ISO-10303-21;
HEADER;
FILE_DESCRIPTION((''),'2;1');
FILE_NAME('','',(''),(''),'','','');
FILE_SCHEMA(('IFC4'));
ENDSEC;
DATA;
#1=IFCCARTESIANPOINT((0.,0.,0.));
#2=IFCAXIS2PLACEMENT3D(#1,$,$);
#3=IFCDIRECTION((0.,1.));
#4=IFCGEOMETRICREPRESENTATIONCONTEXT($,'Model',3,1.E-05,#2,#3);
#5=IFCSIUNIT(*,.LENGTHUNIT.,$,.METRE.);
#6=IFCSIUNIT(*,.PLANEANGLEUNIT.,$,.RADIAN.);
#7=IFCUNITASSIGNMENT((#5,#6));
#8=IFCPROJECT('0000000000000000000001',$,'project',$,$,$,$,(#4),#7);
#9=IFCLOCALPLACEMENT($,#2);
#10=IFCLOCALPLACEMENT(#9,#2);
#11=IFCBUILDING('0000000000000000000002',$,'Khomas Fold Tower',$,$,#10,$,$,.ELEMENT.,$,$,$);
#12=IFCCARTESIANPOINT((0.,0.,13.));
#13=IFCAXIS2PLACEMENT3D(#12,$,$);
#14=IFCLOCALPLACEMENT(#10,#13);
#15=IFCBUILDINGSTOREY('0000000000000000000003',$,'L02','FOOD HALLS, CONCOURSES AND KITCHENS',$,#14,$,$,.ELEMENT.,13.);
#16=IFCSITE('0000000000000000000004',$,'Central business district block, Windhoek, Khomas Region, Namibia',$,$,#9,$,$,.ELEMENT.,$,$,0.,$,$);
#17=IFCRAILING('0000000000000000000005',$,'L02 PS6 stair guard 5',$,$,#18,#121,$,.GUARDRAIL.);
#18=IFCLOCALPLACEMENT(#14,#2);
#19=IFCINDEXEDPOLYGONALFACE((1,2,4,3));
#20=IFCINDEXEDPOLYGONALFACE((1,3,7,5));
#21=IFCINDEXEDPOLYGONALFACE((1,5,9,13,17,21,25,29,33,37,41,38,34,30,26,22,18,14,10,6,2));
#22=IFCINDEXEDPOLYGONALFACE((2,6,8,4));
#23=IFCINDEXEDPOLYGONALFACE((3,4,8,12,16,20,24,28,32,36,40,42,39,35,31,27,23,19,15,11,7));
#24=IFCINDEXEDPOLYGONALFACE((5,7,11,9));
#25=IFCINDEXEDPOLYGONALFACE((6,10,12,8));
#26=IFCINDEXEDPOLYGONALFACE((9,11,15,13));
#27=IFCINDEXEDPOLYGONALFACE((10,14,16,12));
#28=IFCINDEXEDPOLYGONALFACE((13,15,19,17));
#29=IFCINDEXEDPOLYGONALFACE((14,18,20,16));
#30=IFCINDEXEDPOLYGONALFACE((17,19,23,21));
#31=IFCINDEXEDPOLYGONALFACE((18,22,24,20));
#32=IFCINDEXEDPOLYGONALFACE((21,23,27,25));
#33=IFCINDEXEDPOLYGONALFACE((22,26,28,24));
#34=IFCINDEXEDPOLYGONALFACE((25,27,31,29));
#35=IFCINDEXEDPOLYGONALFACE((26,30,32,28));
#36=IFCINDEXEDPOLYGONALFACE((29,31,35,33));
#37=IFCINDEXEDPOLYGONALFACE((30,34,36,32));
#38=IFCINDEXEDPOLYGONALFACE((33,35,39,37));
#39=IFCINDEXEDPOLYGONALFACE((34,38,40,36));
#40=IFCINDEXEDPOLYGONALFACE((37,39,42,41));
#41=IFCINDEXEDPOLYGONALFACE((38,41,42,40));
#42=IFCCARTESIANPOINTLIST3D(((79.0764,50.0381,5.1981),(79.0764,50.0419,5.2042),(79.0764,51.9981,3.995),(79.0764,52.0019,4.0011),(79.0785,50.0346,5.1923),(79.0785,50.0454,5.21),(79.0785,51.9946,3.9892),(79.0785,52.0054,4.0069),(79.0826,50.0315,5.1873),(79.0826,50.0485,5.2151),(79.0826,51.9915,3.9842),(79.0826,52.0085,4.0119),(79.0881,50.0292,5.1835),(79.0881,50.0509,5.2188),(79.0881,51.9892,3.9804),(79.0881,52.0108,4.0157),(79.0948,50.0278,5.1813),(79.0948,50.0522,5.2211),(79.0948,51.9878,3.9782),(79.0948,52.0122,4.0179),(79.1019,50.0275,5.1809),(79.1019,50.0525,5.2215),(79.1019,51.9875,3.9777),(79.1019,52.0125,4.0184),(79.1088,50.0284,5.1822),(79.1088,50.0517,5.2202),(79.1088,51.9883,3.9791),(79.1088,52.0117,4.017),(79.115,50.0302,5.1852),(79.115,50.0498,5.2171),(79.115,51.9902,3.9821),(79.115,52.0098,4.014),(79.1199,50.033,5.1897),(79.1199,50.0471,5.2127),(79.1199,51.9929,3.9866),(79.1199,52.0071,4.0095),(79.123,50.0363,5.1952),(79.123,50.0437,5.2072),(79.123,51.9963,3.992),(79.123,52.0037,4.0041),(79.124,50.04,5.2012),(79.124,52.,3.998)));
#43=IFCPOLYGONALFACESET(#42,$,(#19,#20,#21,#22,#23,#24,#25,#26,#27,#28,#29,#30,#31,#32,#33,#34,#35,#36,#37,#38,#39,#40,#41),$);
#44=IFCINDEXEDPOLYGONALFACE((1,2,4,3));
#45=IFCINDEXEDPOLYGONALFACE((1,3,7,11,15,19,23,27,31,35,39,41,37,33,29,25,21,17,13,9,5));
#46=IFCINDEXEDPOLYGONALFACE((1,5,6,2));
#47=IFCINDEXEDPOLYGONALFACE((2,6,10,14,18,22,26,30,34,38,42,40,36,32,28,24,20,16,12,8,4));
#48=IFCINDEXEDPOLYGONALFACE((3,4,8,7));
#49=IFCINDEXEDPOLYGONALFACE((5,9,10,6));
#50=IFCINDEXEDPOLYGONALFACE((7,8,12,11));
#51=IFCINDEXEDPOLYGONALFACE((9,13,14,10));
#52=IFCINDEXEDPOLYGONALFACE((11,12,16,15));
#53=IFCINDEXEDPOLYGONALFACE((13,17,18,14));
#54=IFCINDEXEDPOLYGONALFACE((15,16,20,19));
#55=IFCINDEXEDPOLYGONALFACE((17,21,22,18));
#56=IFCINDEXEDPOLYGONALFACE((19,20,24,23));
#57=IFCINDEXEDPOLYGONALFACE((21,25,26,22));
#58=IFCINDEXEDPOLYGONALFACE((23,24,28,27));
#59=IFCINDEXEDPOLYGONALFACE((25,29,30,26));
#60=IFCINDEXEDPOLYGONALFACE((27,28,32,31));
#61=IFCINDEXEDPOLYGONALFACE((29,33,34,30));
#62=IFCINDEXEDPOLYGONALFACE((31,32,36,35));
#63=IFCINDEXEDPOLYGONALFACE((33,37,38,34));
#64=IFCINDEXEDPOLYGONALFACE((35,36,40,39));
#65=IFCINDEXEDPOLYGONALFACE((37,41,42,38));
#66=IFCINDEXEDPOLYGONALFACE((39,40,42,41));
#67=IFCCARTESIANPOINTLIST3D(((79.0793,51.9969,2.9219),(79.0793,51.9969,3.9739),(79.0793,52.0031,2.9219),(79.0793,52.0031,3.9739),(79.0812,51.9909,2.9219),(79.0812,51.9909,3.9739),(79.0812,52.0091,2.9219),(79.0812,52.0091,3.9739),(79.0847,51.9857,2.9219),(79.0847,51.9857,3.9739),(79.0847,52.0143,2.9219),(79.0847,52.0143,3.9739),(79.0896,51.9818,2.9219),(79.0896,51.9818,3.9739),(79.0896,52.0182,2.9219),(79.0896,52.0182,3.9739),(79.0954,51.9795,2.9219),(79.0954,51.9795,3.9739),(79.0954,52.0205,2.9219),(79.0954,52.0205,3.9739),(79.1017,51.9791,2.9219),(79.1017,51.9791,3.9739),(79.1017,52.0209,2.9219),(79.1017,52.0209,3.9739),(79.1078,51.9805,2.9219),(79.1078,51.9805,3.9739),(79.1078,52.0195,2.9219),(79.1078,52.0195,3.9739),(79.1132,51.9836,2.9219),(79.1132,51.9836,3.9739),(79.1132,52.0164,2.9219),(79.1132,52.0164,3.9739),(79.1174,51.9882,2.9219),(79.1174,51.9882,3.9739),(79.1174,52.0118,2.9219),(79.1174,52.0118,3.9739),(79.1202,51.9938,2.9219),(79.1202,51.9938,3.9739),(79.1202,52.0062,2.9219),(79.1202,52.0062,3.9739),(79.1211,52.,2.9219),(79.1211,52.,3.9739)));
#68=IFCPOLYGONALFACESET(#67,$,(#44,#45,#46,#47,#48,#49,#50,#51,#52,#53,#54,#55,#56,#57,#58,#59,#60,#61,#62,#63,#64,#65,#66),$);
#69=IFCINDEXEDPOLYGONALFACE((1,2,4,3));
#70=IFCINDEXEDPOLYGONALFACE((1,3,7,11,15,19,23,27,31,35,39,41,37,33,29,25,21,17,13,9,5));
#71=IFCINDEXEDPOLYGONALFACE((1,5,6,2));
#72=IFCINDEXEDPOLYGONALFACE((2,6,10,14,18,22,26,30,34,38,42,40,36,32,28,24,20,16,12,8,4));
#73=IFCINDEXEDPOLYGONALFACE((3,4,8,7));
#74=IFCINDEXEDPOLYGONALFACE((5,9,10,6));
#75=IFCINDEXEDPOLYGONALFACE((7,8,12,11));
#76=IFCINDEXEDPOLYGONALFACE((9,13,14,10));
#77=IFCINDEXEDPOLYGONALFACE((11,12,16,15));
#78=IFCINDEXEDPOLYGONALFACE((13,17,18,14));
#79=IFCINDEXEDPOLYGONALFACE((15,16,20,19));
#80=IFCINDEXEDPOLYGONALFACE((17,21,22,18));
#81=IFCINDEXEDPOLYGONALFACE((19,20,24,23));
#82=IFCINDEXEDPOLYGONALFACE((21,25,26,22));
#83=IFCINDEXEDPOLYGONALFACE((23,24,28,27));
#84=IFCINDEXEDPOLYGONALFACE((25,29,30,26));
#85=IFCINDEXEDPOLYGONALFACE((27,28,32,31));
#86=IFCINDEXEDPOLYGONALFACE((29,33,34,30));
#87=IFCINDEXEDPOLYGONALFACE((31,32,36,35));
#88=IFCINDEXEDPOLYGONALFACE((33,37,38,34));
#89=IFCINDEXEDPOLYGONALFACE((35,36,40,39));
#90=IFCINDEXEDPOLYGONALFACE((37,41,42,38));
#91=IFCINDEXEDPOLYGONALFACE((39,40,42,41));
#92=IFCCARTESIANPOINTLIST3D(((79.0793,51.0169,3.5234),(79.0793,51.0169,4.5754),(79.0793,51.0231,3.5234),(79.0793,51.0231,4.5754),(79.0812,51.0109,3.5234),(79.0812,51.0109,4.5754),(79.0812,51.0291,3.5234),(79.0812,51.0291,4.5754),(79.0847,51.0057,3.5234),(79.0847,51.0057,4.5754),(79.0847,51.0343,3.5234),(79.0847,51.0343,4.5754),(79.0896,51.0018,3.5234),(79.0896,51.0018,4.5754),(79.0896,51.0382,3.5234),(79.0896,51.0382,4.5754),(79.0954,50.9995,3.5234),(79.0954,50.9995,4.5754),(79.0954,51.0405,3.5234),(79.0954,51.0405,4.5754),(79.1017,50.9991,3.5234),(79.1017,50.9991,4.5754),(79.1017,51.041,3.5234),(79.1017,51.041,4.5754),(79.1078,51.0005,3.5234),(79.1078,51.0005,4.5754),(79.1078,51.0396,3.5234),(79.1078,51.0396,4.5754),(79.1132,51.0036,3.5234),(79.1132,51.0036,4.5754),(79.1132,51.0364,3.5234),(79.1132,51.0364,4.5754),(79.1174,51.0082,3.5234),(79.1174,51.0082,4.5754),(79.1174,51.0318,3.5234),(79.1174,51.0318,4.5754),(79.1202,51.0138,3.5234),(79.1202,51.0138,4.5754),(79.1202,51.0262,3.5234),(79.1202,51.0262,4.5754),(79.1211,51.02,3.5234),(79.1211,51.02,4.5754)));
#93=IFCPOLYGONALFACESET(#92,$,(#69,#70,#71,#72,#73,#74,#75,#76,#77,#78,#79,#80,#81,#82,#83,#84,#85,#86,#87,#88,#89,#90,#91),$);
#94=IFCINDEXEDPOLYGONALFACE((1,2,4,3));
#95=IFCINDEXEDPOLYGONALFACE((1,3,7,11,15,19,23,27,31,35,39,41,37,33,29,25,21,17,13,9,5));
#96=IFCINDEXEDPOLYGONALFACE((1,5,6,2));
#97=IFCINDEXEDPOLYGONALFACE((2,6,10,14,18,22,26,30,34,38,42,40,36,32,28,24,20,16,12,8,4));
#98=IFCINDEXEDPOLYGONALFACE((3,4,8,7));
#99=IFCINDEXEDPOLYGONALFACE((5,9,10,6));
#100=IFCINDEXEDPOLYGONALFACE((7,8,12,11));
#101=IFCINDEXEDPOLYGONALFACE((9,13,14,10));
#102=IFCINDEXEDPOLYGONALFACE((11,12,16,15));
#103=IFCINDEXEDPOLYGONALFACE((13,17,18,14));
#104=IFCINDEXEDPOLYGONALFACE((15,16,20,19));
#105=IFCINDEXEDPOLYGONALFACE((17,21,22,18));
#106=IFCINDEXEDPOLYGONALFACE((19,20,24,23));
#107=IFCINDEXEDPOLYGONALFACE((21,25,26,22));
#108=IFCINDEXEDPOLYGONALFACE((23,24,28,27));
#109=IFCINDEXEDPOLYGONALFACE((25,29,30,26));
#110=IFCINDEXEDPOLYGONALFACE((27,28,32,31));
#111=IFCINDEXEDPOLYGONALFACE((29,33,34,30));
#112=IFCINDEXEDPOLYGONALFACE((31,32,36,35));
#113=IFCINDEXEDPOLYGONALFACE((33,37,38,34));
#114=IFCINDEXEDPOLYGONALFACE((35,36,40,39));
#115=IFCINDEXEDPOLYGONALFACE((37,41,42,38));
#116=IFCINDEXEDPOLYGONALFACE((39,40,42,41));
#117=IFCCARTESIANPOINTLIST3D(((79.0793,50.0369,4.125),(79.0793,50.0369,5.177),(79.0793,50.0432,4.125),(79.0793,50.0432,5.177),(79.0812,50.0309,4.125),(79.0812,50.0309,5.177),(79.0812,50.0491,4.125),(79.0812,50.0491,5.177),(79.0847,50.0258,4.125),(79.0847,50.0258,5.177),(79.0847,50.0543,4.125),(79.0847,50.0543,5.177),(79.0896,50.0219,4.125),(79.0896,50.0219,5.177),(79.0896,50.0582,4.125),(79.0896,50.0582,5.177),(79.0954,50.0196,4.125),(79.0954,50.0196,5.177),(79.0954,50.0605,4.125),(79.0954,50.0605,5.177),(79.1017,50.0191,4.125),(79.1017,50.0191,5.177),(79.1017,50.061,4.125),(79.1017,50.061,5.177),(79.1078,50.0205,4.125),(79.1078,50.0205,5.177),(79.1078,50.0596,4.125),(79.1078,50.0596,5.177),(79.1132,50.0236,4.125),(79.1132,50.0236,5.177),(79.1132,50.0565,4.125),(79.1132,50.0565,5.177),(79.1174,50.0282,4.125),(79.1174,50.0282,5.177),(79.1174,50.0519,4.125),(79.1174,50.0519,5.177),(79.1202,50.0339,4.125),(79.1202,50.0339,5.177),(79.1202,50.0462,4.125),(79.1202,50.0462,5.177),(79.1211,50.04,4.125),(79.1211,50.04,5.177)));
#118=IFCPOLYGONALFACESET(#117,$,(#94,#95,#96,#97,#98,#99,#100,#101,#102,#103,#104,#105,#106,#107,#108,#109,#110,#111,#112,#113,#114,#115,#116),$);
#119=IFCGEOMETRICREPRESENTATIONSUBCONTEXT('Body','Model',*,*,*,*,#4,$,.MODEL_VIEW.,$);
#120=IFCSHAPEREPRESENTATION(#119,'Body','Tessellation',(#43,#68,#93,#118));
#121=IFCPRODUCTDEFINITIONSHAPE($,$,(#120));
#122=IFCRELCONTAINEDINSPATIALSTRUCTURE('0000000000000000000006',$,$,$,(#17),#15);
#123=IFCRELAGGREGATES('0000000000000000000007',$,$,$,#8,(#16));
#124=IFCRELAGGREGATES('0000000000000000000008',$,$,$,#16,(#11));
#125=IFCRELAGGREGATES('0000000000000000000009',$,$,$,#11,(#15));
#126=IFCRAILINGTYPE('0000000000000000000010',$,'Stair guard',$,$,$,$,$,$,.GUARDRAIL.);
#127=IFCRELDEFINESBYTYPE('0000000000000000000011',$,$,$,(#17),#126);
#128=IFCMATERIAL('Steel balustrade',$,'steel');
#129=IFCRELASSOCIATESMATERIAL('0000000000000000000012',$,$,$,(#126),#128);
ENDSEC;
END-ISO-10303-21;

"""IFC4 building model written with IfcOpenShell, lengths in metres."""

from ifc_helpers import new_model, si_unit, direction, frame, origin, origin_2d, place, context, subcontext, project, spatial, circle, extrude, source, transform, mapped, material, type_object, element, save


model = new_model("IFC4")

# Units and contexts
model_context = context("Model", 3, precision=1e-05, world=origin(), true_north=direction((0.0, 1.0)))
body_context = subcontext(model_context, "Body", "Model", "MODEL_VIEW")
ifc_project = project(units=[si_unit("LENGTHUNIT", "METRE"), si_unit("PLANEANGLEUNIT", "RADIAN")], contexts=[model_context])

# Site, building, storey
site_placement = place(None, origin())
site = spatial("IfcSite", under=ifc_project, at=site_placement, Name="Central business district block, Windhoek, Khomas Region, Namibia", CompositionType="ELEMENT", RefElevation=0.0)
building_placement = place(site_placement, origin())
building = spatial("IfcBuilding", under=site, at=building_placement, Name="Khomas Fold Tower", CompositionType="ELEMENT")
storey_placement = place(building_placement, frame((0.0, 0.0, 13.0)))
storey = spatial("IfcBuildingStorey", under=building, at=storey_placement, Name="L02", Description="FOOD HALLS, CONCOURSES AND KITCHENS", CompositionType="ELEMENT", Elevation=13.0)

# Railing
ifc_material_1 = material(Name="Steel balustrade", Category="steel")
railing_type_1 = type_object("IfcRailingType", Name="Stair guard", PredefinedType="GUARDRAIL", material=ifc_material_1)
shared_shape_1 = source(origin(), body_context, "Body", "SweptSolid", [
    extrude(circle(Radius=0.0239, at=origin_2d()), frame((0.0, 0.0, 1.0762), z_axis=(0.0, -0.852241, 0.523149), x_axis=(1.0, 0.0, 0.0)), (0.0, 0.0, 1.0), 2.2998),
    extrude(circle(Radius=0.021, at=origin_2d()), origin(), (0.0, 0.0, 1.0), 1.052),
    extrude(circle(Radius=0.021, at=origin_2d()), frame((0.0, -0.98, 0.6016)), (0.0, 0.0, 1.0), 1.052),
    extrude(circle(Radius=0.021, at=origin_2d()), frame((0.0, -1.96, 1.2031)), (0.0, 0.0, 1.0), 1.052),
])
for number, where, name in (
    (1, (79.1001, 52.0, 2.9219), "L02 PS6 stair guard 5"),
):
    element("IfcRailing", number, at=place(storey_placement, frame(where)), inside=storey, type_object=railing_type_1, Name=name, PredefinedType="GUARDRAIL", context=body_context, shape_type="MappedRepresentation", body=[
        mapped(shared_shape_1, transform((0.0, 0.0, 0.0))),
    ])

save(model, "model.ifc")
